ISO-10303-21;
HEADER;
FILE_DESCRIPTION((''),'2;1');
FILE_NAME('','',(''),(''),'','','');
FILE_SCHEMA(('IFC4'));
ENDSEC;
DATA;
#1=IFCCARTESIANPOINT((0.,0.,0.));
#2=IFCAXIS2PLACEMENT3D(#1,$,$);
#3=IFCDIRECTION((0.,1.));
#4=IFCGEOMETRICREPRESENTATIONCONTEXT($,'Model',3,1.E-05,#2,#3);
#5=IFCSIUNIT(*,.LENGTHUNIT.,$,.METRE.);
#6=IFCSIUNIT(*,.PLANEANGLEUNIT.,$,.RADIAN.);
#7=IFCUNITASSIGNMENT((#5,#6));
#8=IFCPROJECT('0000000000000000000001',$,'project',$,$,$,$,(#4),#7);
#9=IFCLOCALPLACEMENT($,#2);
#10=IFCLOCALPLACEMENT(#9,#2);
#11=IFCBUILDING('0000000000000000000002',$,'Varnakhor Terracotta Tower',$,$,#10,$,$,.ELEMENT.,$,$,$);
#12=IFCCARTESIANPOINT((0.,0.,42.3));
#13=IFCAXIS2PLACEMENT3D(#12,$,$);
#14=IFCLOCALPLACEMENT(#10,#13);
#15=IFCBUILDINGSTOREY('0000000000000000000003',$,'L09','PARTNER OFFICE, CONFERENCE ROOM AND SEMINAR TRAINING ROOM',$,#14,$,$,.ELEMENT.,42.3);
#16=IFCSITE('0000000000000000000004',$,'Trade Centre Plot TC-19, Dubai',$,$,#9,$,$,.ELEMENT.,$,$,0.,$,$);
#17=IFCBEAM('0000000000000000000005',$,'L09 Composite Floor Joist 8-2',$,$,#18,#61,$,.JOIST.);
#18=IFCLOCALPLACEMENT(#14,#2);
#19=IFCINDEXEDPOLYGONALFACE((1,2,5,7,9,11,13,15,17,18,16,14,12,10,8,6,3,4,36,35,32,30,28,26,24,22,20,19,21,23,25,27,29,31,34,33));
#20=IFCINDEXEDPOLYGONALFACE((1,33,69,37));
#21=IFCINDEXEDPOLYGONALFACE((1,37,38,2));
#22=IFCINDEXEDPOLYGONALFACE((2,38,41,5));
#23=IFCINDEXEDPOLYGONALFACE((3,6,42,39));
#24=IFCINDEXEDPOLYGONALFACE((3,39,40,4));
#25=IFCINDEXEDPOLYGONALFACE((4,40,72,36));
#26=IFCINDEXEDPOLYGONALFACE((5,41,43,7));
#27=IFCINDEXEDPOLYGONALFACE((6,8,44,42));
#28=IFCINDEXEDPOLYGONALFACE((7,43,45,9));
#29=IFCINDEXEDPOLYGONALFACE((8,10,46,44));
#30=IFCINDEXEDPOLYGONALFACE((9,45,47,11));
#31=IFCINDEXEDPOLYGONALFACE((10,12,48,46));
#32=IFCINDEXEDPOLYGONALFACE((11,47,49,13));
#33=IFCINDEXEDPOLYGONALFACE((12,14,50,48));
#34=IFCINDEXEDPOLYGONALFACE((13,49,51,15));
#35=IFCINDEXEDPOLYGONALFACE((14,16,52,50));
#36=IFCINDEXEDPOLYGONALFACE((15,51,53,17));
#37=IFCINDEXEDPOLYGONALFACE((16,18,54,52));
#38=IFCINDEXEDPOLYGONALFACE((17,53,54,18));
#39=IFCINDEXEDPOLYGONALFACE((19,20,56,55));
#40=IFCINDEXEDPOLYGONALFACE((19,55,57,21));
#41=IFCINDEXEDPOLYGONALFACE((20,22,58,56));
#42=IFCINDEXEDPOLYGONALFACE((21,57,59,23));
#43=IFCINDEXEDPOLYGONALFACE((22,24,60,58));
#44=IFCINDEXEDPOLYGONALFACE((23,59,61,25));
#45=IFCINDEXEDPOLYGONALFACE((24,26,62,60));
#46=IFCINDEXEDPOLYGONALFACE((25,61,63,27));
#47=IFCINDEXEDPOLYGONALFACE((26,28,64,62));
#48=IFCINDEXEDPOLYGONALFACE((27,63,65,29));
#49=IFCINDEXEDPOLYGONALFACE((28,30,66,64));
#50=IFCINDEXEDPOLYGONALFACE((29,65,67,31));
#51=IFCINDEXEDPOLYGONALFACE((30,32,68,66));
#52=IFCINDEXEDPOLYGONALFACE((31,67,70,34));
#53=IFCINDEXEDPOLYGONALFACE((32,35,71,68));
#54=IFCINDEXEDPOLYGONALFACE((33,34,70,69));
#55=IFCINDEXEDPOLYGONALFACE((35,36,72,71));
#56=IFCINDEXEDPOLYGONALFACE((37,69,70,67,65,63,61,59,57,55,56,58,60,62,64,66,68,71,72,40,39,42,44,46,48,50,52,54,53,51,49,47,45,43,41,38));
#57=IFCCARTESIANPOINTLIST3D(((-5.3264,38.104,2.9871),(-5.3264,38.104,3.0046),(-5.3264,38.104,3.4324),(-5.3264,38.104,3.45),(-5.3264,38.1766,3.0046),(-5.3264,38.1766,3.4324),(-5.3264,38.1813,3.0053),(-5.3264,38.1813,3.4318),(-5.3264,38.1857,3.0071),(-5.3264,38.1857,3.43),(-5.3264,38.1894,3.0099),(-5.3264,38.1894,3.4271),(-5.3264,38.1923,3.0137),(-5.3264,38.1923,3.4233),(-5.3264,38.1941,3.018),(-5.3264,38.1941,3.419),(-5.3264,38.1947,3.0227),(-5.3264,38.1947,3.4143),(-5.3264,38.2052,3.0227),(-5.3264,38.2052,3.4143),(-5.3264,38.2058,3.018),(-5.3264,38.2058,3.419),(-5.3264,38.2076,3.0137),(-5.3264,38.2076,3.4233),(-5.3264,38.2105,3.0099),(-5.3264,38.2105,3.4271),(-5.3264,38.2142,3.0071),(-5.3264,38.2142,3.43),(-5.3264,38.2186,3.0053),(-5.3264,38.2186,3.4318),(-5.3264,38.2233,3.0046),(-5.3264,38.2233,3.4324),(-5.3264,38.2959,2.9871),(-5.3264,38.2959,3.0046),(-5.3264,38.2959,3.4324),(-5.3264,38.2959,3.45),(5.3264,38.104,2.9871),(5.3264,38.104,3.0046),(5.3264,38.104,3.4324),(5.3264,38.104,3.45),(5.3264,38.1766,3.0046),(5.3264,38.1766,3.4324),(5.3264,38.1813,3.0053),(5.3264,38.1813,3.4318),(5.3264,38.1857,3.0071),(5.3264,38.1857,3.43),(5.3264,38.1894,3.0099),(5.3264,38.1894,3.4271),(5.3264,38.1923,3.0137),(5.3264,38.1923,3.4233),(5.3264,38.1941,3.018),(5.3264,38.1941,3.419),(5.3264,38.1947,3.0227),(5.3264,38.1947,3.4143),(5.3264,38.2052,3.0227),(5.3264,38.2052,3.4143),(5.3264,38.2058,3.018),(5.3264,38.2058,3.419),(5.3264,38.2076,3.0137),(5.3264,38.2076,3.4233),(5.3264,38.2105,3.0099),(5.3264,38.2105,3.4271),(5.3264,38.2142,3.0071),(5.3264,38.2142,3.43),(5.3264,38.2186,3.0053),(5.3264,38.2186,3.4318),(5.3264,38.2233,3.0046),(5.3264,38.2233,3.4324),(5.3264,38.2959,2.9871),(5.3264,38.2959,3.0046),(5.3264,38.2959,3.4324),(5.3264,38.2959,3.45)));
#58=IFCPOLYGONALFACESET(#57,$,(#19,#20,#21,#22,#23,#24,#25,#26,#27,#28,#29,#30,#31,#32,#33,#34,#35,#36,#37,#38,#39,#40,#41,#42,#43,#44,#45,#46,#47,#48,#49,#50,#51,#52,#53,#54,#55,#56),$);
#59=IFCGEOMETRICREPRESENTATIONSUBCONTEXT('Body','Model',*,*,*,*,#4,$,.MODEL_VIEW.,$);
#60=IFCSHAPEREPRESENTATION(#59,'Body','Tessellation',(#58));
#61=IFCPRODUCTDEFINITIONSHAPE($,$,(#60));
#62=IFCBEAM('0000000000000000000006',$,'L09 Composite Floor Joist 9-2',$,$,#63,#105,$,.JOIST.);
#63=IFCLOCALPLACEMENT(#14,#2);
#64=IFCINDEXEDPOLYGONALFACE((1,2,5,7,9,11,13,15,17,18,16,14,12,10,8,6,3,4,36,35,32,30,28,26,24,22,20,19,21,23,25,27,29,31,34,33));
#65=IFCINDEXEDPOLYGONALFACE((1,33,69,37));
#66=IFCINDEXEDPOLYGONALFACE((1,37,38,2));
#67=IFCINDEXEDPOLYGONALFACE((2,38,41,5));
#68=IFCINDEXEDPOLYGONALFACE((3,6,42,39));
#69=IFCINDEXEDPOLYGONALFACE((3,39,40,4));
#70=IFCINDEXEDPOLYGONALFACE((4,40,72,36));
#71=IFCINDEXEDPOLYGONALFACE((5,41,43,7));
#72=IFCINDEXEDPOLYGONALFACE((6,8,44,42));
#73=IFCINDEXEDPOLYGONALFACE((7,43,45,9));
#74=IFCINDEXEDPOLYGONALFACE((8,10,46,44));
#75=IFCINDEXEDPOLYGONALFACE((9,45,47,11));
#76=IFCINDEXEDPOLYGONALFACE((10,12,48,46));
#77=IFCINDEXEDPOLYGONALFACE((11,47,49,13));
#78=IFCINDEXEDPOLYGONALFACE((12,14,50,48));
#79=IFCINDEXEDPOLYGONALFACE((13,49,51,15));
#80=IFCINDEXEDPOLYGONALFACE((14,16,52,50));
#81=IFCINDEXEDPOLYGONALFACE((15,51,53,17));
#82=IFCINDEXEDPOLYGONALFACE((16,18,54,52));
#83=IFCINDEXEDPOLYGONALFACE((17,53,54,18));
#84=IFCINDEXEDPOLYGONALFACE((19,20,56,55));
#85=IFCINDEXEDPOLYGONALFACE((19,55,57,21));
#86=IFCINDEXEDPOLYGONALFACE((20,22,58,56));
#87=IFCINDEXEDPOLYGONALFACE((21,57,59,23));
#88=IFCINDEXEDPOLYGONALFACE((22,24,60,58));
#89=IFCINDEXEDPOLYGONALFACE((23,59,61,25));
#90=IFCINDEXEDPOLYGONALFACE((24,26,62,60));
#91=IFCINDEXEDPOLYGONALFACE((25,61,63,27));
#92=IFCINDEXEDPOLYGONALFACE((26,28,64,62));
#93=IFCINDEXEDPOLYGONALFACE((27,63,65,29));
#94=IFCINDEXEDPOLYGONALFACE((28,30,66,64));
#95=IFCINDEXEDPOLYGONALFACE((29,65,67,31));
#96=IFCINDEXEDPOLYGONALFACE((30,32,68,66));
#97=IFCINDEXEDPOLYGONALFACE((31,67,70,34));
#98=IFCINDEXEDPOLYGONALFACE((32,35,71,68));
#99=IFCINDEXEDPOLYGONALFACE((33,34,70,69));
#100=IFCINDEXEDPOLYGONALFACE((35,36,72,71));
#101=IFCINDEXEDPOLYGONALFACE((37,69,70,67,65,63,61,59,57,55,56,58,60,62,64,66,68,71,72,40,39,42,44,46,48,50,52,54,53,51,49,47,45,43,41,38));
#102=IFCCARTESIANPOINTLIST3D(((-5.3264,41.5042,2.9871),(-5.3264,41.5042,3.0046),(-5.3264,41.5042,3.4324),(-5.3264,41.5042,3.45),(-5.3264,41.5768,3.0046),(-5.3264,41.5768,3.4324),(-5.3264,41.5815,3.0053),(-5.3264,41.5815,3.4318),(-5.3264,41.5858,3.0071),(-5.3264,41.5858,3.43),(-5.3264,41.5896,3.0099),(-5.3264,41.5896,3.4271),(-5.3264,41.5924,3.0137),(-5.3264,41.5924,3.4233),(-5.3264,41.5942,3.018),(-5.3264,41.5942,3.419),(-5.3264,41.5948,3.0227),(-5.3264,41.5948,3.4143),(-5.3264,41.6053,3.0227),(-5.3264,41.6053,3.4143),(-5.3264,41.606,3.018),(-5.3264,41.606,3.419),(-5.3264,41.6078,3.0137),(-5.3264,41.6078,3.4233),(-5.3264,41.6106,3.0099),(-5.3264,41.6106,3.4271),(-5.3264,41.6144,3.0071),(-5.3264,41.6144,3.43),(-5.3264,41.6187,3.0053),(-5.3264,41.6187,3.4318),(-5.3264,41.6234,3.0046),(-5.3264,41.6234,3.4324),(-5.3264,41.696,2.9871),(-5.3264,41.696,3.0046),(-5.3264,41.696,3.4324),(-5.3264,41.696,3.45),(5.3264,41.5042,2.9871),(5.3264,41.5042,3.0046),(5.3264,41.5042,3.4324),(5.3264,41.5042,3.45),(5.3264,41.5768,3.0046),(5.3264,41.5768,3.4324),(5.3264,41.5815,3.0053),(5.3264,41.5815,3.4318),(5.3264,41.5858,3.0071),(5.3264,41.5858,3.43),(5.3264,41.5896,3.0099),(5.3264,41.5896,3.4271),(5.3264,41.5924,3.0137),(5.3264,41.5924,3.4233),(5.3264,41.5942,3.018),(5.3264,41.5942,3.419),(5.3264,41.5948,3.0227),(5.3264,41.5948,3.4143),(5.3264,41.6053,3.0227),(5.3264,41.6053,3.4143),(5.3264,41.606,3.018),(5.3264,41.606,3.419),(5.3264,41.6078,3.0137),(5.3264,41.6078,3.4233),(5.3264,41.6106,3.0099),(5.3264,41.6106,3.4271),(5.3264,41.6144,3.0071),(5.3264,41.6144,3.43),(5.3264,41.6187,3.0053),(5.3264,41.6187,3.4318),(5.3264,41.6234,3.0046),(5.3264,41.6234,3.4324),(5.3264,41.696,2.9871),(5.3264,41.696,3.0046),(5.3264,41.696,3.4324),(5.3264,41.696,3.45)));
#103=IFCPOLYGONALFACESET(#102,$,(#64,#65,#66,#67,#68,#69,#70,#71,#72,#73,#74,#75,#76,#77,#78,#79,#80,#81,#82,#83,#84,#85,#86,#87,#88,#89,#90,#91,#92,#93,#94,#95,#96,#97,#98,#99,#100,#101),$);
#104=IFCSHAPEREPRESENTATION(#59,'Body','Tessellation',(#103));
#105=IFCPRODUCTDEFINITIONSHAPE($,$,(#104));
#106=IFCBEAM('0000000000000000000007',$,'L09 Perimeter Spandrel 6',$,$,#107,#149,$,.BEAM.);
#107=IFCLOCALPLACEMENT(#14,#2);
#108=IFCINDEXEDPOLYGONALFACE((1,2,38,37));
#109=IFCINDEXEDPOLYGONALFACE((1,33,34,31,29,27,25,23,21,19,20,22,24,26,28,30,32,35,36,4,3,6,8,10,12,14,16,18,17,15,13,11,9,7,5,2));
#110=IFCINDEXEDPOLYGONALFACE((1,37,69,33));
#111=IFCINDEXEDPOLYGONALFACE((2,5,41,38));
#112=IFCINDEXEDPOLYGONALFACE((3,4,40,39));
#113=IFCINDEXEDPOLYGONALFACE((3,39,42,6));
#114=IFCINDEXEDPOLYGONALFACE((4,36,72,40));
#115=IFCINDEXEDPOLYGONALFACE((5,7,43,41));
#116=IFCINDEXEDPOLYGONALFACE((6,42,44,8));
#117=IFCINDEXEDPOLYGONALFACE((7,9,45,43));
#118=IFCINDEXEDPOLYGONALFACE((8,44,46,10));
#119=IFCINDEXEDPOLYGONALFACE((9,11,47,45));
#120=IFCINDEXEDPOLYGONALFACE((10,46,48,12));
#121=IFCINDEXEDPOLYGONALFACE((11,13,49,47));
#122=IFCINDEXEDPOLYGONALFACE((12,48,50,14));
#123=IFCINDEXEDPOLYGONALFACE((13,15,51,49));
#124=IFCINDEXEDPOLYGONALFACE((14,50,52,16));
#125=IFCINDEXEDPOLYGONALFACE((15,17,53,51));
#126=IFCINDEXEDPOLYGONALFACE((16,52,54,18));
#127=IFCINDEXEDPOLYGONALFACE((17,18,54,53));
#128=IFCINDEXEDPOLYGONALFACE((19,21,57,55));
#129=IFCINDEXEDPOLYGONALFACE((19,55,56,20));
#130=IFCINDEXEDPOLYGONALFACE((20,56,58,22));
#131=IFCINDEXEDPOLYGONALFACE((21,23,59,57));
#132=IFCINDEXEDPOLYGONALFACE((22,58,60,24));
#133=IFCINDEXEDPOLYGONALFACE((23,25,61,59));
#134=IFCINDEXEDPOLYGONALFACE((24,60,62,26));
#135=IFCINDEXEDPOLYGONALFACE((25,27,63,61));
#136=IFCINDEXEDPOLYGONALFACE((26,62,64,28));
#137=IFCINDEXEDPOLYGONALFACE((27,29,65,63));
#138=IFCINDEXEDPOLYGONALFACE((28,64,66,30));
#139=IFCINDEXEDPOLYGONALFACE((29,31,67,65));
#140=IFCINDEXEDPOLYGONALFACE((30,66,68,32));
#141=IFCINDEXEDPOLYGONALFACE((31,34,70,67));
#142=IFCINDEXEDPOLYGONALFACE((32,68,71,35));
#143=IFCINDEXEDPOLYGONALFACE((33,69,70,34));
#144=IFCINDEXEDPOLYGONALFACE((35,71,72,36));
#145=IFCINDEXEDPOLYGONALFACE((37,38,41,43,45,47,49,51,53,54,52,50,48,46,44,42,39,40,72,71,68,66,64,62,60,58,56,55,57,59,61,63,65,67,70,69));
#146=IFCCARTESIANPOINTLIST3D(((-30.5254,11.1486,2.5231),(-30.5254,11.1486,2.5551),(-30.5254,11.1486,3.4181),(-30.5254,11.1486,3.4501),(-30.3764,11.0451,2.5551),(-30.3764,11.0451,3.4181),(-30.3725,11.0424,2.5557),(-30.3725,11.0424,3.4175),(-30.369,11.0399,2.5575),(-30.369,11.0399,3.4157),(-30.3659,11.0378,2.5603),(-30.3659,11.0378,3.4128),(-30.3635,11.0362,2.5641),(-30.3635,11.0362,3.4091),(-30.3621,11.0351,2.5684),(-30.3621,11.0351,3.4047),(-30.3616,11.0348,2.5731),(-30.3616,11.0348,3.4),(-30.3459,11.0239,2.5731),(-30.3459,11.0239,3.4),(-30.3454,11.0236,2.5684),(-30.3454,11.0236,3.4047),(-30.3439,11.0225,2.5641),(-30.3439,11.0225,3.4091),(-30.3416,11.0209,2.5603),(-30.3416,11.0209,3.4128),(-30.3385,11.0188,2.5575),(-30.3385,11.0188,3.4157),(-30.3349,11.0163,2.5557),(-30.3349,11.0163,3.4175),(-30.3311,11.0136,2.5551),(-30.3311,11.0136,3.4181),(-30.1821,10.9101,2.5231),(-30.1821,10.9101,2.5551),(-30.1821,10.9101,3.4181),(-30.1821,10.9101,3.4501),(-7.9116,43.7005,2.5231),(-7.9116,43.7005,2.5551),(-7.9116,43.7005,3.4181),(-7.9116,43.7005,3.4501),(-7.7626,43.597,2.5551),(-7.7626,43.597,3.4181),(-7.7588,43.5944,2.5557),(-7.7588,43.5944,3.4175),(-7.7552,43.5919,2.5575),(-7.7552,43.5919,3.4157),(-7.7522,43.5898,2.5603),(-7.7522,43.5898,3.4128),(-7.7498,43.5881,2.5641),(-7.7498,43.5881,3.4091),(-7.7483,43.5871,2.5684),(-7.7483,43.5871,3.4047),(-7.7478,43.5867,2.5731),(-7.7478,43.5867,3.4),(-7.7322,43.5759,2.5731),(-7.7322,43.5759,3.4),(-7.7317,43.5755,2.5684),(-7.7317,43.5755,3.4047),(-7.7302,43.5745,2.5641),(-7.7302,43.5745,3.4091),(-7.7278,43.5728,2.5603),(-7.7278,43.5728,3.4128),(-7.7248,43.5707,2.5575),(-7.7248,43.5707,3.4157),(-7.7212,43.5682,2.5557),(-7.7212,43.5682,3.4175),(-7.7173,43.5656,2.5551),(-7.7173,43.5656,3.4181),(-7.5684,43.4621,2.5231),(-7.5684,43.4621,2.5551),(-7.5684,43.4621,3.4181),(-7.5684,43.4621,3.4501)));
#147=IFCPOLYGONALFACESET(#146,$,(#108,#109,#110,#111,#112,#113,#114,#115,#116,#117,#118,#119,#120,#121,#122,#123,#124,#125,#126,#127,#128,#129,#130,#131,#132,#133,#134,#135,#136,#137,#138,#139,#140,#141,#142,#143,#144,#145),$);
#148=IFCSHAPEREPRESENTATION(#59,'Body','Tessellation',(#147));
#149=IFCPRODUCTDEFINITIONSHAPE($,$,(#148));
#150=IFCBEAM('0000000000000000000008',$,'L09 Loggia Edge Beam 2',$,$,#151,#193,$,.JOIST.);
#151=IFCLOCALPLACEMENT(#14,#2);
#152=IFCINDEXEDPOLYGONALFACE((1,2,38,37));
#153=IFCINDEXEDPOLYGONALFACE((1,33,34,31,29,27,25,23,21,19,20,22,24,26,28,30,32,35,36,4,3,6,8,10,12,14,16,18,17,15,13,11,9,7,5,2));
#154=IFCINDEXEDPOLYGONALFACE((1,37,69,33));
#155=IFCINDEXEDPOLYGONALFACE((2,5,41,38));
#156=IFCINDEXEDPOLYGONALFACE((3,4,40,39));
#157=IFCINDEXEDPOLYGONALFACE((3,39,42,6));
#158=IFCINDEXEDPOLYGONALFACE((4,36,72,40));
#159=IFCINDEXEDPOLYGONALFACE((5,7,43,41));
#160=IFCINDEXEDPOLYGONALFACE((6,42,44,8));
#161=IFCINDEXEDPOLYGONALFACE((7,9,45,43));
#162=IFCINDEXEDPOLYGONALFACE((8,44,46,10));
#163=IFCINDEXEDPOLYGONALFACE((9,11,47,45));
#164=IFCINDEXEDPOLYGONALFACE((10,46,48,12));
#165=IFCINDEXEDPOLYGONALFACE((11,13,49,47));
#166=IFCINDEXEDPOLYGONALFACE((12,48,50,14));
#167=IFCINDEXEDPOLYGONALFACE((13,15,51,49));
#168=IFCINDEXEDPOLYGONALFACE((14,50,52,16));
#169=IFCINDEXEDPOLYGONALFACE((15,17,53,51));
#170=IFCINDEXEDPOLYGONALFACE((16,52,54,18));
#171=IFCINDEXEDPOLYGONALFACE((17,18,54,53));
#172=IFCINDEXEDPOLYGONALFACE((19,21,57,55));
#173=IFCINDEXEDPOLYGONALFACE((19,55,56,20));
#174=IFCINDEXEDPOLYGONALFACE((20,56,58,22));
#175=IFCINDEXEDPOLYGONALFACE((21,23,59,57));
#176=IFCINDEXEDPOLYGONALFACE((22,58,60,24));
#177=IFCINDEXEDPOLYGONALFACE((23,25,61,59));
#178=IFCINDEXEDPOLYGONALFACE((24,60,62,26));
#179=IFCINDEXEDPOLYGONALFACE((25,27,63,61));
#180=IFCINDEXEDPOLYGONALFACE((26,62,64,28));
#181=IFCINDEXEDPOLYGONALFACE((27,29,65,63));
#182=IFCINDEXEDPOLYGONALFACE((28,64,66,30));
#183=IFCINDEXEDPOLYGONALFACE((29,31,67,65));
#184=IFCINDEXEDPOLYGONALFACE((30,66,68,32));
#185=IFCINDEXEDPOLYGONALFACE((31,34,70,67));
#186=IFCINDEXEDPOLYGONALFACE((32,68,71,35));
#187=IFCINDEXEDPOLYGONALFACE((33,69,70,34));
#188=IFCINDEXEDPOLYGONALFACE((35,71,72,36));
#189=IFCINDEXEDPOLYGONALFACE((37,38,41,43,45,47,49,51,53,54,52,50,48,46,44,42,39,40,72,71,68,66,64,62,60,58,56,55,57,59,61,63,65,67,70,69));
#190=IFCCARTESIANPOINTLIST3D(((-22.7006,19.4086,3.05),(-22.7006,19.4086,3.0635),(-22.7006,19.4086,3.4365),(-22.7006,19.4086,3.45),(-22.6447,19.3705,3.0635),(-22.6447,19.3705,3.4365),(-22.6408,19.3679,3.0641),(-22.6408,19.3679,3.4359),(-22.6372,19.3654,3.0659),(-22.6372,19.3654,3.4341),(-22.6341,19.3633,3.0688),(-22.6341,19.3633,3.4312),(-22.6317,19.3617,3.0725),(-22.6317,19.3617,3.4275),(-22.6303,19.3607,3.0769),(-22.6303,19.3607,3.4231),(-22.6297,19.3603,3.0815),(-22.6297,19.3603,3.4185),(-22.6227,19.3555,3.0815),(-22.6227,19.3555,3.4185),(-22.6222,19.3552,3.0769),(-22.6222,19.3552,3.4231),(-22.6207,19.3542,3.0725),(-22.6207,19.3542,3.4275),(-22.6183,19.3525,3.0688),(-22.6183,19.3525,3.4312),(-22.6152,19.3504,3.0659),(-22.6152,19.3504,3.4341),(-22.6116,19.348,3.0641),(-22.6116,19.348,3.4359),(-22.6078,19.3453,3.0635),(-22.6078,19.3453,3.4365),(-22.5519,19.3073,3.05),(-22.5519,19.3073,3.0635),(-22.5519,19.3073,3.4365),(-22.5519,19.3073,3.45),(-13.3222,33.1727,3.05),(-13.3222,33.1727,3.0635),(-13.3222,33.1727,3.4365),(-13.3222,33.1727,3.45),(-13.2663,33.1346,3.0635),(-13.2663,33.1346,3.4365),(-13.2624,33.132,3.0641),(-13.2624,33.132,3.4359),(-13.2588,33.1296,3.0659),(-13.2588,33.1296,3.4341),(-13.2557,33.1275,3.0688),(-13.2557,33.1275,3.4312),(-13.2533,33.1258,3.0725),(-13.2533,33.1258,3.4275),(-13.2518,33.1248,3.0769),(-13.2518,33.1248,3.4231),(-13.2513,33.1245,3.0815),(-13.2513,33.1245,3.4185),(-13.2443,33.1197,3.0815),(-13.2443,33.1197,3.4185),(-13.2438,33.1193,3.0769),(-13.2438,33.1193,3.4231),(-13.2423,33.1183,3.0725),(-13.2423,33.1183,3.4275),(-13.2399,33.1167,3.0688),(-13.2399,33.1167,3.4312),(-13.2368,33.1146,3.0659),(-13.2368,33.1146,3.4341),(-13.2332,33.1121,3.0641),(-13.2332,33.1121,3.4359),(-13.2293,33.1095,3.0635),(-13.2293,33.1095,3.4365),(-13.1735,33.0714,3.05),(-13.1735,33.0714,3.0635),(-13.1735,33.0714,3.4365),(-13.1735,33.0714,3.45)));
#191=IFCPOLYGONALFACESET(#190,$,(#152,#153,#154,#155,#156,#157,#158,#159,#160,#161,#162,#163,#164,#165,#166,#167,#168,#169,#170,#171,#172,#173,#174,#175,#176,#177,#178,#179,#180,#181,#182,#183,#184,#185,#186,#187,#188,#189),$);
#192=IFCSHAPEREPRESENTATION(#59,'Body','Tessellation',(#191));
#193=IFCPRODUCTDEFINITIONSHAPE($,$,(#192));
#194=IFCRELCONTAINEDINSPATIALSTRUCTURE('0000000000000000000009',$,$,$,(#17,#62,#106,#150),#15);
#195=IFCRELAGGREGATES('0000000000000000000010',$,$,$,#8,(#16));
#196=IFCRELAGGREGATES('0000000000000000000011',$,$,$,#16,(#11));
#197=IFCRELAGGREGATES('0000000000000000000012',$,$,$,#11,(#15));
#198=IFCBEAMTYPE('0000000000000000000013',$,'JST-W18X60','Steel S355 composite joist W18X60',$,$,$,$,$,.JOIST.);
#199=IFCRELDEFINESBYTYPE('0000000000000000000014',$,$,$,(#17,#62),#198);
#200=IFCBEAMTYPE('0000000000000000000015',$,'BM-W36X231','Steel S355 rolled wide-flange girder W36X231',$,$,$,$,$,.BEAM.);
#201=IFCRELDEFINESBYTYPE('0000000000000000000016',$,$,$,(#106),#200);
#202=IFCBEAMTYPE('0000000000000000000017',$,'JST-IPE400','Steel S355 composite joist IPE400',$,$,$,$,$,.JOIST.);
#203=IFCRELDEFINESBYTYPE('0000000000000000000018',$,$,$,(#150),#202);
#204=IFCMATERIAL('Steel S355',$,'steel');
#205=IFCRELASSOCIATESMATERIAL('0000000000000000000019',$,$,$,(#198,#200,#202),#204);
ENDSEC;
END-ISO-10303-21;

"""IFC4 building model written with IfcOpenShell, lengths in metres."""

from ifc_helpers import new_model, si_unit, direction, frame, origin, origin_2d, place, context, subcontext, project, spatial, i_section, extrude, source, transform, mapped, material, material_profile, profile_set, type_object, element, save


model = new_model("IFC4")

# Units and contexts
model_context = context("Model", 3, precision=1e-05, world=origin(), true_north=direction((0.0, 1.0)))
body_context = subcontext(model_context, "Body", "Model", "MODEL_VIEW")
ifc_project = project(units=[si_unit("LENGTHUNIT", "METRE"), si_unit("PLANEANGLEUNIT", "RADIAN")], contexts=[model_context])

# Site, building, storey
site_placement = place(None, origin())
site = spatial("IfcSite", under=ifc_project, at=site_placement, Name="Trade Centre Plot TC-19, Dubai", CompositionType="ELEMENT", RefElevation=0.0)
building_placement = place(site_placement, origin())
building = spatial("IfcBuilding", under=site, at=building_placement, Name="Varnakhor Terracotta Tower", CompositionType="ELEMENT")
storey_placement = place(building_placement, frame((0.0, 0.0, 42.3)))
storey = spatial("IfcBuildingStorey", under=building, at=storey_placement, Name="L09", Description="PARTNER OFFICE, CONFERENCE ROOM AND SEMINAR TRAINING ROOM", CompositionType="ELEMENT", Elevation=42.3)

# Beams
ifc_material_1 = material(Name="Steel S355", Category="steel")
ifc_material_profile_1 = material_profile(ifc_material_1, i_section(OverallWidth=0.1919, OverallDepth=0.4629, WebThickness=0.0105, FlangeThickness=0.0176, FilletRadius=0.0181, at=origin_2d()), Name="W18X60")
ifc_profile_set_1 = profile_set([ifc_material_profile_1], Name="Steel S355")
beam_type_1 = type_object("IfcBeamType", Name="JST-W18X60", Description="Steel S355 composite joist W18X60", PredefinedType="JOIST", material=ifc_profile_set_1)
shared_shape_1 = source(origin(), body_context, "Body", "SweptSolid", [
    extrude(i_section(OverallWidth=0.1919, OverallDepth=0.4629, WebThickness=0.0105, FlangeThickness=0.0176, FilletRadius=0.0181, at=origin_2d()), origin(), (0.0, 0.0, 1.0), 10.6528),
])
for number, where, z_axis, x_axis, name in (
    (1, (-5.3264, 38.2, 3.2185), (1.0, 0.0, 0.0), (0.0, 1.0, 0.0), "L09 Composite Floor Joist 8-2"),
    (2, (-5.3264, 41.6001, 3.2185), (1.0, 0.0, 0.0), (0.0, 1.0, 0.0), "L09 Composite Floor Joist 9-2"),
):
    element("IfcBeam", number, at=place(storey_placement, frame(where, z_axis=z_axis, x_axis=x_axis)), inside=storey, type_object=beam_type_1, Name=name, PredefinedType="JOIST", context=body_context, shape_type="MappedRepresentation", body=[
        mapped(shared_shape_1, transform((0.0, 0.0, 0.0), scale=1.0)),
    ])
ifc_material_profile_2 = material_profile(ifc_material_1, i_section(OverallWidth=0.418, OverallDepth=0.927, WebThickness=0.019, FlangeThickness=0.032, FilletRadius=0.0181, at=origin_2d()), Name="W36X231")
ifc_profile_set_2 = profile_set([ifc_material_profile_2], Name="Steel S355")
beam_type_2 = type_object("IfcBeamType", Name="BM-W36X231", Description="Steel S355 rolled wide-flange girder W36X231", PredefinedType="BEAM", material=ifc_profile_set_2)
shared_shape_2 = source(origin(), body_context, "Body", "SweptSolid", [
    extrude(i_section(OverallWidth=0.418, OverallDepth=0.927, WebThickness=0.019, FlangeThickness=0.032, FilletRadius=0.0181, at=origin_2d()), origin(), (0.0, 0.0, 1.0), 39.636),
])
beam_1_placement = place(storey_placement, frame((-7.74, 43.5813, 2.9866), z_axis=(-0.570536, -0.821273, 0.0), x_axis=(0.821273, -0.570536, 0.0)))
element("IfcBeam", 3, at=beam_1_placement, inside=storey, type_object=beam_type_2, Name="L09 Perimeter Spandrel 6", PredefinedType="BEAM", context=body_context, shape_type="MappedRepresentation", body=[
    mapped(shared_shape_2, transform((0.0, 0.0, 0.0), scale=1.0)),
])
ifc_material_profile_3 = material_profile(ifc_material_1, i_section(OverallWidth=0.1799, OverallDepth=0.3999, WebThickness=0.0085, FlangeThickness=0.0134, FilletRadius=0.0181, at=origin_2d()), Name="IPE400")
ifc_profile_set_3 = profile_set([ifc_material_profile_3], Name="Steel S355")
beam_type_3 = type_object("IfcBeamType", Name="JST-IPE400", Description="Steel S355 composite joist IPE400", PredefinedType="JOIST", material=ifc_profile_set_3)
shared_shape_3 = source(origin(), body_context, "Body", "SweptSolid", [
    extrude(i_section(OverallWidth=0.1799, OverallDepth=0.3999, WebThickness=0.0085, FlangeThickness=0.0134, FilletRadius=0.0181, at=origin_2d()), origin(), (0.0, 0.0, 1.0), 16.6555),
])
beam_2_placement = place(storey_placement, frame((-13.2478, 33.1221, 3.25), z_axis=(-0.563081, -0.826402, 0.0), x_axis=(0.826402, -0.563081, 0.0)))
element("IfcBeam", 4, at=beam_2_placement, inside=storey, type_object=beam_type_3, Name="L09 Loggia Edge Beam 2", PredefinedType="JOIST", context=body_context, shape_type="MappedRepresentation", body=[
    mapped(shared_shape_3, transform((0.0, 0.0, 0.0), scale=1.0)),
])

save(model, "model.ifc")
